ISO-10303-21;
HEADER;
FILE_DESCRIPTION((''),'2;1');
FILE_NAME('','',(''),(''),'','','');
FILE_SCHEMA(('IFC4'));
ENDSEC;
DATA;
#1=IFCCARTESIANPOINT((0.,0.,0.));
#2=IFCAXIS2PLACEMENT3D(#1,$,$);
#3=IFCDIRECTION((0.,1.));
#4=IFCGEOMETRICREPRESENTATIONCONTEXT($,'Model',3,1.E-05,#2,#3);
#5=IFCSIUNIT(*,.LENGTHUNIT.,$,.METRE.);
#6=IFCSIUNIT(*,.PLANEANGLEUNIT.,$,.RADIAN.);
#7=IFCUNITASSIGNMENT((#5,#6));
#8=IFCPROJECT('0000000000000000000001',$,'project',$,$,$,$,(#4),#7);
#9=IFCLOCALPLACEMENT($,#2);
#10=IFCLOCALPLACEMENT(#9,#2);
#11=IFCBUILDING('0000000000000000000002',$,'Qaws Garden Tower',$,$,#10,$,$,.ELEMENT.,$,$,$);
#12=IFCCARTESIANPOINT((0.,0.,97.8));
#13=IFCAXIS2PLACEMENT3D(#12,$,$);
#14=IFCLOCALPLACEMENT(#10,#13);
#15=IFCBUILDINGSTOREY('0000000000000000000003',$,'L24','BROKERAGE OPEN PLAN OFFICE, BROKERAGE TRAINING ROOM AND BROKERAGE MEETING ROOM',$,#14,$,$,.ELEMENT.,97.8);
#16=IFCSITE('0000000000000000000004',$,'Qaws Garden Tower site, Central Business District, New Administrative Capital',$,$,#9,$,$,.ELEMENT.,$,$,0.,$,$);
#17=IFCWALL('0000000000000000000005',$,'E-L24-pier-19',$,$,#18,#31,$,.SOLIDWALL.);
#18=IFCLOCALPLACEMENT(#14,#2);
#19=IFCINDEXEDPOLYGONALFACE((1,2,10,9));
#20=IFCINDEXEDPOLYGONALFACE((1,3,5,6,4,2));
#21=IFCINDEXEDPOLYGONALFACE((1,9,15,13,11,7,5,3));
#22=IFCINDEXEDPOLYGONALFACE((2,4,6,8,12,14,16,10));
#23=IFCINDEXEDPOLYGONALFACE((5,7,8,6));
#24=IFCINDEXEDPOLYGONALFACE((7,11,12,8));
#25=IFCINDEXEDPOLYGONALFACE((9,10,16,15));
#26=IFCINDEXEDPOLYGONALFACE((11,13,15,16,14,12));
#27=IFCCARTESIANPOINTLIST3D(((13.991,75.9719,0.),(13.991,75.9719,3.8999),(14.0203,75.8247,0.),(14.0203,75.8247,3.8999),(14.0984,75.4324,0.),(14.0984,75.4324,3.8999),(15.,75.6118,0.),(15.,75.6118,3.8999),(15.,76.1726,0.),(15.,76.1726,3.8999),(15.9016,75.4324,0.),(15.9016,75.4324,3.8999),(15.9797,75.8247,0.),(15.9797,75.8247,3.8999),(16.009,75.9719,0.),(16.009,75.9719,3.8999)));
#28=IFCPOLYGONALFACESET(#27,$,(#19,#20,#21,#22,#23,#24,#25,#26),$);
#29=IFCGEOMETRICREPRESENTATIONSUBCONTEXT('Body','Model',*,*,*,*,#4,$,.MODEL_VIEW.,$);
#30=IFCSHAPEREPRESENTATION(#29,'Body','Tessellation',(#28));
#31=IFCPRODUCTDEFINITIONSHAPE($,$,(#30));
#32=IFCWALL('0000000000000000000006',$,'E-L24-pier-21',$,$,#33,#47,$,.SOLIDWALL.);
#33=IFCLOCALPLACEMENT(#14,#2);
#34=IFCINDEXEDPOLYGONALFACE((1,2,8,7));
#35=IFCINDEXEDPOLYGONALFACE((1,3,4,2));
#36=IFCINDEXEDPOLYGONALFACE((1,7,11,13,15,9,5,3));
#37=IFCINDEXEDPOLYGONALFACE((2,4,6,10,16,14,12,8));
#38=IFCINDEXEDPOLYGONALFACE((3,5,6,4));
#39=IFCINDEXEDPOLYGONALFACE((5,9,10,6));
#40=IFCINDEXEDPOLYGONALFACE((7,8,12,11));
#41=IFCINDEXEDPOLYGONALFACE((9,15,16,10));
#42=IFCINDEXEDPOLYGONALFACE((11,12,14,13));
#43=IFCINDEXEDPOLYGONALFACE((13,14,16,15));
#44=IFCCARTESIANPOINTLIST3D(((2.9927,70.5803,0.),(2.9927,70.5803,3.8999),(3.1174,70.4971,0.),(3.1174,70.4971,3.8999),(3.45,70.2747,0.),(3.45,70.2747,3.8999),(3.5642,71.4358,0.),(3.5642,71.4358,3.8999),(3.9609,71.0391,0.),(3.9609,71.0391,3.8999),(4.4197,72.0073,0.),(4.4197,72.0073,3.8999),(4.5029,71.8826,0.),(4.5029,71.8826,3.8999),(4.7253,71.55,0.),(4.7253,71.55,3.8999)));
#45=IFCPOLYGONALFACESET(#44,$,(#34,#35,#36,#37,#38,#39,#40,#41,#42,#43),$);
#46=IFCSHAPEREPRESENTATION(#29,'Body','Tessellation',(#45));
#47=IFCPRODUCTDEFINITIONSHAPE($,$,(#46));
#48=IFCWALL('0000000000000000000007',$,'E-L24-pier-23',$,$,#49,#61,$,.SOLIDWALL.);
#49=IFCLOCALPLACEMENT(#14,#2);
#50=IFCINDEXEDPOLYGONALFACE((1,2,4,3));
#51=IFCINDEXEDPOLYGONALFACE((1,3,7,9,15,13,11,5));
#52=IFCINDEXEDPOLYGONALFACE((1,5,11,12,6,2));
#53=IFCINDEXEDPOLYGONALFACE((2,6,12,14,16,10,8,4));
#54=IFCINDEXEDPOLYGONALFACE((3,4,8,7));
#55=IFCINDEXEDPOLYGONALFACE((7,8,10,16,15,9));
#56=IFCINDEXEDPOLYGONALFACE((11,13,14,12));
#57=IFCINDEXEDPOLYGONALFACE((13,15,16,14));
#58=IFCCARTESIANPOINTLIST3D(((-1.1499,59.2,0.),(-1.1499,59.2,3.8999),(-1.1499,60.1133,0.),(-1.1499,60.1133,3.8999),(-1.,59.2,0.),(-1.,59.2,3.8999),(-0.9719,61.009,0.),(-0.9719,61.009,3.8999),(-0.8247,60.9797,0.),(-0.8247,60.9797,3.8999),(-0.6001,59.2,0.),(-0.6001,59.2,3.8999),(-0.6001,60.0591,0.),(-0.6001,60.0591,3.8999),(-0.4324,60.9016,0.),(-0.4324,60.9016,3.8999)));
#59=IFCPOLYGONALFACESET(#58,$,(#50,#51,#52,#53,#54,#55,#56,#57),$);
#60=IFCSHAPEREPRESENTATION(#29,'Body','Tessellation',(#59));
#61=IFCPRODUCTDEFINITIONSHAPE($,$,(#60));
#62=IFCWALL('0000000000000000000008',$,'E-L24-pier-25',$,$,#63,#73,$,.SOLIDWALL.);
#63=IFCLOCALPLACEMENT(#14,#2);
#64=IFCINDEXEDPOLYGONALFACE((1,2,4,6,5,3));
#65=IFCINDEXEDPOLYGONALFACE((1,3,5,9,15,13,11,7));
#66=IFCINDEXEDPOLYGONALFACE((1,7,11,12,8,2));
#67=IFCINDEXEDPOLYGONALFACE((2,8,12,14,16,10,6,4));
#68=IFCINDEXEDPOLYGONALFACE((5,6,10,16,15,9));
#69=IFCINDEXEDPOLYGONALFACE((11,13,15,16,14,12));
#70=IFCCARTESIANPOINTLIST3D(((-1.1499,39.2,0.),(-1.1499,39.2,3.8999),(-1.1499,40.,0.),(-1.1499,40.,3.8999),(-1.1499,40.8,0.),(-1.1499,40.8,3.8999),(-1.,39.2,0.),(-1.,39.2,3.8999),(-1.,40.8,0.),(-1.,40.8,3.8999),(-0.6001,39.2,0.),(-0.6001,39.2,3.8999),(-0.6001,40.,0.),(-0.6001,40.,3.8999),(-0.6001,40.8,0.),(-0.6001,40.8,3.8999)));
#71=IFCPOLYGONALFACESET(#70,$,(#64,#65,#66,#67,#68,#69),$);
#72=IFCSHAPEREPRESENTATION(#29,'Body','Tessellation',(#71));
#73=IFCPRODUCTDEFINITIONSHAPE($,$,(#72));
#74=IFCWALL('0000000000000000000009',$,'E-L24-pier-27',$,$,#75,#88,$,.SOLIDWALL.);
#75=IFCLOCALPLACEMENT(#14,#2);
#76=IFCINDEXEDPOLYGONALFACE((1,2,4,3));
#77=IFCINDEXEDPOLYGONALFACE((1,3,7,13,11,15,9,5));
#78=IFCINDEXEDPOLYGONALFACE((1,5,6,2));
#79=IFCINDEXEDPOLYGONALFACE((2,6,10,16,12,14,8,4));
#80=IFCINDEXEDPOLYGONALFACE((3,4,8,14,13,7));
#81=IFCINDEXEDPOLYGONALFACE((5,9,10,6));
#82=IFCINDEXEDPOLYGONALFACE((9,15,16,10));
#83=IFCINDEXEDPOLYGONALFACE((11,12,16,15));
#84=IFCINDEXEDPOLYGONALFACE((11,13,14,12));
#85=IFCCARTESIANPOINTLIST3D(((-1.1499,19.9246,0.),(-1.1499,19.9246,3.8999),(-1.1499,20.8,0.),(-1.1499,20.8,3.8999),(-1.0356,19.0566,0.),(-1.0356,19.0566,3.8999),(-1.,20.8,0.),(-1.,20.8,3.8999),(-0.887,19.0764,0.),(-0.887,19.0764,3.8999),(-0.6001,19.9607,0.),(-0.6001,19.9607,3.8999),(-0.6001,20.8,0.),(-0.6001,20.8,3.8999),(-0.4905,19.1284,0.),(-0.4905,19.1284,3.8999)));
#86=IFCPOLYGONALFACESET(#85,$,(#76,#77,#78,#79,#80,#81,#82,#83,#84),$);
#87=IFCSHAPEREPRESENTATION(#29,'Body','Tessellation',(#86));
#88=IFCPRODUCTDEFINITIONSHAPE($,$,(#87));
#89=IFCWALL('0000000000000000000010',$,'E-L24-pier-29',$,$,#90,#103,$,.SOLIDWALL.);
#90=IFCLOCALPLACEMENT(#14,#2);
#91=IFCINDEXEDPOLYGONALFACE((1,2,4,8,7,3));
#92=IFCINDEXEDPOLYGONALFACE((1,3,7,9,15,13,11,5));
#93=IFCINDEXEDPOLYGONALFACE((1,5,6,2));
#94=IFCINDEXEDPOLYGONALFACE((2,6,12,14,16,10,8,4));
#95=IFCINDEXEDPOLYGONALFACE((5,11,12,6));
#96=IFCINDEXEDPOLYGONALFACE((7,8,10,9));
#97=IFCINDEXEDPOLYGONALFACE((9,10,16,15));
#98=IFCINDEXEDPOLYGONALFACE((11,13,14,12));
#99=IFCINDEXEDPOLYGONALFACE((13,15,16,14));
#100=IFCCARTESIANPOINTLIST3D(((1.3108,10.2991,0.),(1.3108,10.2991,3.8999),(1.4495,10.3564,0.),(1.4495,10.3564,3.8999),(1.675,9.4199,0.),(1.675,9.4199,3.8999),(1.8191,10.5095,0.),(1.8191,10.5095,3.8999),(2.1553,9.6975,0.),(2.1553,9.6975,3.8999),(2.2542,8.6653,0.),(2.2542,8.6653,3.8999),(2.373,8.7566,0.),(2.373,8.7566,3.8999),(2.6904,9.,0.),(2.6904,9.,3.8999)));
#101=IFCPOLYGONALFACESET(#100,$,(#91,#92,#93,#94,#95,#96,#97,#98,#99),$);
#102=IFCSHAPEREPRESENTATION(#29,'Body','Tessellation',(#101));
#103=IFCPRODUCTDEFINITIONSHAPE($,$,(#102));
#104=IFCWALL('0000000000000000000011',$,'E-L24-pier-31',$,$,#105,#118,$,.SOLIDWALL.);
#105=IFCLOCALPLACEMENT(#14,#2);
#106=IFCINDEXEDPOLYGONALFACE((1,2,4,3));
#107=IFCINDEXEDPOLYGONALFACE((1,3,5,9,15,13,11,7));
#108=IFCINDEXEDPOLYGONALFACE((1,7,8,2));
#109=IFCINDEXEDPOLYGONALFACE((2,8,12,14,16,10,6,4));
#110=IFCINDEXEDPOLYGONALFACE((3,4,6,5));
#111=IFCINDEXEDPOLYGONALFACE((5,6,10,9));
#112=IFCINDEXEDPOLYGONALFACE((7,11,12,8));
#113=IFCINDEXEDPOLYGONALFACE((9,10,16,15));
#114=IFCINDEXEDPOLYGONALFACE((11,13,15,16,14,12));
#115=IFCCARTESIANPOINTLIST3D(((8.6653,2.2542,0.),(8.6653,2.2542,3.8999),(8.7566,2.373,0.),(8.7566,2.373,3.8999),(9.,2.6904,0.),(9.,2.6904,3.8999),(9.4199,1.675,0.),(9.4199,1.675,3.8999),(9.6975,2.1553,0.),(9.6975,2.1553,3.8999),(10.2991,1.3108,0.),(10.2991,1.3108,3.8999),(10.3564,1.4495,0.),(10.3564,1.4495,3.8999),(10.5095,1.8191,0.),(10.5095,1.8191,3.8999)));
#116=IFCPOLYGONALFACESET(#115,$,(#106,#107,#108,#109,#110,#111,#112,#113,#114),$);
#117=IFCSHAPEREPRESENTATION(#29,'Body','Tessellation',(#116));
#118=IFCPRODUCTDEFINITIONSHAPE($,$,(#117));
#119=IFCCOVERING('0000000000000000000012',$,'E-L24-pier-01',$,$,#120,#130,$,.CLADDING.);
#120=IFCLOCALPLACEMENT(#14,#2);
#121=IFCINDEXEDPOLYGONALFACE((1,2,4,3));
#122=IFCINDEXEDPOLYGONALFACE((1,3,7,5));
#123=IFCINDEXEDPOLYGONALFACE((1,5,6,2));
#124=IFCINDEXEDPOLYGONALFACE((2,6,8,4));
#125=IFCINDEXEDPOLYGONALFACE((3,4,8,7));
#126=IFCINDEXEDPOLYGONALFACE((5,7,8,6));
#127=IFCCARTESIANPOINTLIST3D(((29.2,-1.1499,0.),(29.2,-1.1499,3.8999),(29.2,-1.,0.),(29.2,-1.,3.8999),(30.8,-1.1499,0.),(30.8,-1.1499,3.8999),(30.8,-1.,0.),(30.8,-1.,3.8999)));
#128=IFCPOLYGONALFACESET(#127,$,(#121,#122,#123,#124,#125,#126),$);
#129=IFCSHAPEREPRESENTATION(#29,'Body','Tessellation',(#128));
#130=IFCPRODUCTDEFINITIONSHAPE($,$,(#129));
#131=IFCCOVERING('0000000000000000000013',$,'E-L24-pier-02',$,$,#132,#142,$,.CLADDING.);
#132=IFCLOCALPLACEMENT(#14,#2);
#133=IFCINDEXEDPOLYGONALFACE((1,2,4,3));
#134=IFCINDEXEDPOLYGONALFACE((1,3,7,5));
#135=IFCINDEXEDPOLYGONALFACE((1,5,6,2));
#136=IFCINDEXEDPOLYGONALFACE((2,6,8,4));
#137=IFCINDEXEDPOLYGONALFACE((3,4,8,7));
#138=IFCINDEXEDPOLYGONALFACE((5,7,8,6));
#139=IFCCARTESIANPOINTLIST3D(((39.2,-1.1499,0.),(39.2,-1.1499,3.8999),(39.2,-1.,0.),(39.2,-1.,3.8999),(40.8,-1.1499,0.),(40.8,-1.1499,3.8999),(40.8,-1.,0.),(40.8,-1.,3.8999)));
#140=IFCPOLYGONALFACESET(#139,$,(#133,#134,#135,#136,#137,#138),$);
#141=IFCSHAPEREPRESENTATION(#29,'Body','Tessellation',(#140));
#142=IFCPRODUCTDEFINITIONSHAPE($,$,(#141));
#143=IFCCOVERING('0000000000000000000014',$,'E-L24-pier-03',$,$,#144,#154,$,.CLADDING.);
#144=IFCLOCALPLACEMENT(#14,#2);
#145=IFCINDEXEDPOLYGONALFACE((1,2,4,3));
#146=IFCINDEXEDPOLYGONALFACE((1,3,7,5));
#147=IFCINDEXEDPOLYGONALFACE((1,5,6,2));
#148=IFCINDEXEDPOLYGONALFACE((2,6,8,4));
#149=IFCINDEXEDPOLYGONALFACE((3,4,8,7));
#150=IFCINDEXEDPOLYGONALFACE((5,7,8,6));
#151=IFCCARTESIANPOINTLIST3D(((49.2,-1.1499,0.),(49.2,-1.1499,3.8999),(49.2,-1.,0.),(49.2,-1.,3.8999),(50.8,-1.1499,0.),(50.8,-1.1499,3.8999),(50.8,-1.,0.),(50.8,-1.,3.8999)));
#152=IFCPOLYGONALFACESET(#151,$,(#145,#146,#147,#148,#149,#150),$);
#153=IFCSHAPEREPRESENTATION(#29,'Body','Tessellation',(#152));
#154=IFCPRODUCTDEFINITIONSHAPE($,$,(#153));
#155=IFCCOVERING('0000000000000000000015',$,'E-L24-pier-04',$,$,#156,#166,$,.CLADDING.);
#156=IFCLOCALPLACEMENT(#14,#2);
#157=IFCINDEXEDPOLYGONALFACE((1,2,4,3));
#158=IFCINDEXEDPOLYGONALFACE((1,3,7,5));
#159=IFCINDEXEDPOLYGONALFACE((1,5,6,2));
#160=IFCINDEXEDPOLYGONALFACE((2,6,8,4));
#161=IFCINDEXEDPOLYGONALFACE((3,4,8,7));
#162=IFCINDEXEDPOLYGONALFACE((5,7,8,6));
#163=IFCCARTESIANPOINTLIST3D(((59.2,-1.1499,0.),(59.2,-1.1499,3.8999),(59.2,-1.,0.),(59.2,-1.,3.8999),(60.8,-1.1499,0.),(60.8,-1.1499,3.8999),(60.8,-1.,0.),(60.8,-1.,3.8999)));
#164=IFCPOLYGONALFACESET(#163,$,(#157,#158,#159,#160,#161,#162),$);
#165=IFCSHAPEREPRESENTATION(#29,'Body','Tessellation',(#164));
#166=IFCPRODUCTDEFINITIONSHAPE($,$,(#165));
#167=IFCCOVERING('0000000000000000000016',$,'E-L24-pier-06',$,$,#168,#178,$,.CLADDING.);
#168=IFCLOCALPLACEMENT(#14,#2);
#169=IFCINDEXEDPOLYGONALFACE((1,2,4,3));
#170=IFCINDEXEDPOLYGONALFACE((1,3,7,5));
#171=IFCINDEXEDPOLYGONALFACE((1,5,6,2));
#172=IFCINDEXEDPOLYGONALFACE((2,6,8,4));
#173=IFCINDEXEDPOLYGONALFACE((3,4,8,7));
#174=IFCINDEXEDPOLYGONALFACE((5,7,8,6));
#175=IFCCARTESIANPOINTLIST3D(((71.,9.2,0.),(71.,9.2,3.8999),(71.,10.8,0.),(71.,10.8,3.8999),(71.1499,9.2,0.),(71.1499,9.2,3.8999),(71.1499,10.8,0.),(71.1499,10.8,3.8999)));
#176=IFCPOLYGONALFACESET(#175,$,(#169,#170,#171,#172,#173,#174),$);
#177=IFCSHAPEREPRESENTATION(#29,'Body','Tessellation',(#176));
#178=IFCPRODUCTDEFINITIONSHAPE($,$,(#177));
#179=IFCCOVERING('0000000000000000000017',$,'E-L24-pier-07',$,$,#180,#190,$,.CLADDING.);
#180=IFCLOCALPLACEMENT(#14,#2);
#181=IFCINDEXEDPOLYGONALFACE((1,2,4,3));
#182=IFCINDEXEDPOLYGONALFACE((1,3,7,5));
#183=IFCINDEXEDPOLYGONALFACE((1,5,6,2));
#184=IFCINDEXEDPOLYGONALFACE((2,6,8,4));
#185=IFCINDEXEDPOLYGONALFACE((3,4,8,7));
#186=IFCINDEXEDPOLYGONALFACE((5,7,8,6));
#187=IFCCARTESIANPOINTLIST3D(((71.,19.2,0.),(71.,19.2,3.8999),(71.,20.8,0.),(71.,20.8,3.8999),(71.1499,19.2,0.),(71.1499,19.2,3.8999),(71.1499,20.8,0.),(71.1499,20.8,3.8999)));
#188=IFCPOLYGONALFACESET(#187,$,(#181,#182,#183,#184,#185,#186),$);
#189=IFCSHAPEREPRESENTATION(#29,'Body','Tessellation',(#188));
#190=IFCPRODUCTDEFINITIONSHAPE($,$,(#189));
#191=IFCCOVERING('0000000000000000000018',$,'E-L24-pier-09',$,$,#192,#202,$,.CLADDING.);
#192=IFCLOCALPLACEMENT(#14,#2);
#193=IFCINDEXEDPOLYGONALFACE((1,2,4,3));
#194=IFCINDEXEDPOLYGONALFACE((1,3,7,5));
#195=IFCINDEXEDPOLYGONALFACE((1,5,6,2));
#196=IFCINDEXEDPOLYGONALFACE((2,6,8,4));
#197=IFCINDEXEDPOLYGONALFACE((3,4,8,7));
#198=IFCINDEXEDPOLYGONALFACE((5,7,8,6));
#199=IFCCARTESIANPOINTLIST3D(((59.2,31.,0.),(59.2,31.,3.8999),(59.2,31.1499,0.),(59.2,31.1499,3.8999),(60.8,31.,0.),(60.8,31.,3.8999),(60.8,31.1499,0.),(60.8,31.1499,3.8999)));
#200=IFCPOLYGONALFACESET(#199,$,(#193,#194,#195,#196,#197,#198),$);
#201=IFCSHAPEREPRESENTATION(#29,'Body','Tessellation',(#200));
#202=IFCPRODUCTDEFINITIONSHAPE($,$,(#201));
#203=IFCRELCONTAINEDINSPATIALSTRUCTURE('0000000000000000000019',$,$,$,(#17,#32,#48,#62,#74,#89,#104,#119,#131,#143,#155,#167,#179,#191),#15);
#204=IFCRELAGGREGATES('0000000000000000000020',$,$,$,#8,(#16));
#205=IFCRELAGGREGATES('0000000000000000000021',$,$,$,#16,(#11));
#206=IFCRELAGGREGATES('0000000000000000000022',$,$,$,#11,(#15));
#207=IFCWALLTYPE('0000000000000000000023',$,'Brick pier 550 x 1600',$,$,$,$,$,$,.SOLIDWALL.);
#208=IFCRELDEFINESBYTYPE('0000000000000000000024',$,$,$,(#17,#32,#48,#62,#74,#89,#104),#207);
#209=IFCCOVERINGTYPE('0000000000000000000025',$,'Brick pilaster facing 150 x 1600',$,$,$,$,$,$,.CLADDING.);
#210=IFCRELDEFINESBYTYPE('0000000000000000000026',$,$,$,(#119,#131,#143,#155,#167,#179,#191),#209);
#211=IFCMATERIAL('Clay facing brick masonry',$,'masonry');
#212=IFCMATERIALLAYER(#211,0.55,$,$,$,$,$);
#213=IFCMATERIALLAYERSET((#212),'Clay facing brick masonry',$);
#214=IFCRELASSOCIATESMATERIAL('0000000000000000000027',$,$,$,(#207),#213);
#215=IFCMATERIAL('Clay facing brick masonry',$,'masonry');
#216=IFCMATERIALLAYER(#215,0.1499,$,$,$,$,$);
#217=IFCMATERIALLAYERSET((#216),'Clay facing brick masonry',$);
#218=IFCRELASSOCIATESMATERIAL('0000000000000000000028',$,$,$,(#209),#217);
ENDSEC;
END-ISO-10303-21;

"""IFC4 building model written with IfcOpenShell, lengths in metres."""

from ifc_helpers import new_model, si_unit, direction, frame, origin, place, context, subcontext, project, spatial, polyline, outline, extrude, material, layer, layer_set, type_object, element, save


model = new_model("IFC4")

# Units and contexts
model_context = context("Model", 3, precision=1e-05, world=origin(), true_north=direction((0.0, 1.0)))
body_context = subcontext(model_context, "Body", "Model", "MODEL_VIEW")
ifc_project = project(units=[si_unit("LENGTHUNIT", "METRE"), si_unit("PLANEANGLEUNIT", "RADIAN")], contexts=[model_context])

# Site, building, storey
site_placement = place(None, origin())
site = spatial("IfcSite", under=ifc_project, at=site_placement, Name="Qaws Garden Tower site, Central Business District, New Administrative Capital", CompositionType="ELEMENT", RefElevation=0.0)
building_placement = place(site_placement, origin())
building = spatial("IfcBuilding", under=site, at=building_placement, Name="Qaws Garden Tower", CompositionType="ELEMENT")
storey_placement = place(building_placement, frame((0.0, 0.0, 97.8)))
storey = spatial("IfcBuildingStorey", under=building, at=storey_placement, Name="L24", Description="BROKERAGE OPEN PLAN OFFICE, BROKERAGE TRAINING ROOM AND BROKERAGE MEETING ROOM", CompositionType="ELEMENT", Elevation=97.8)

# Walls
placement = place(storey_placement, origin())
ifc_material_1 = material(Name="Clay facing brick masonry", Category="masonry")
ifc_layer_1 = layer(ifc_material_1, 0.55)
ifc_layer_set_1 = layer_set([ifc_layer_1], Name="Clay facing brick masonry")
wall_type_1 = type_object("IfcWallType", Name="Brick pier 550 x 1600", PredefinedType="SOLIDWALL", material=ifc_layer_set_1)
element("IfcWall", 1, at=placement, inside=storey, type_object=wall_type_1, Name="E-L24-pier-19", PredefinedType="SOLIDWALL", context=body_context, shape_type="SweptSolid", body=[
    extrude(outline(polyline([(15.9797, 75.8247), (16.009, 75.9719), (15.0, 76.1726), (13.991, 75.9719), (14.0203, 75.8247), (14.0984, 75.4324), (15.0, 75.6118), (15.9016, 75.4324), (15.9797, 75.8247)])), origin(), (0.0, 0.0, 1.0), 3.8999),
])
element("IfcWall", 2, at=placement, inside=storey, type_object=wall_type_1, Name="E-L24-pier-21", PredefinedType="SOLIDWALL", context=body_context, shape_type="SweptSolid", body=[
    extrude(outline(polyline([(4.5029, 71.8826), (4.4197, 72.0073), (3.5642, 71.4358), (2.9927, 70.5803), (3.1174, 70.4971), (3.45, 70.2747), (3.9609, 71.0391), (4.7253, 71.55), (4.5029, 71.8826)])), origin(), (0.0, 0.0, 1.0), 3.8999),
])
element("IfcWall", 3, at=placement, inside=storey, type_object=wall_type_1, Name="E-L24-pier-23", PredefinedType="SOLIDWALL", context=body_context, shape_type="SweptSolid", body=[
    extrude(outline(polyline([(-0.8247, 60.9797), (-0.9719, 61.009), (-1.1499, 60.1133), (-1.1499, 59.2), (-1.0, 59.2), (-0.6001, 59.2), (-0.6001, 60.0591), (-0.4324, 60.9016), (-0.8247, 60.9797)])), origin(), (0.0, 0.0, 1.0), 3.8999),
])
element("IfcWall", 4, at=placement, inside=storey, type_object=wall_type_1, Name="E-L24-pier-25", PredefinedType="SOLIDWALL", context=body_context, shape_type="SweptSolid", body=[
    extrude(outline(polyline([(-1.0, 40.8), (-1.1499, 40.8), (-1.1499, 40.0), (-1.1499, 39.2), (-1.0, 39.2), (-0.6001, 39.2), (-0.6001, 40.0), (-0.6001, 40.8), (-1.0, 40.8)])), origin(), (0.0, 0.0, 1.0), 3.8999),
])
element("IfcWall", 5, at=placement, inside=storey, type_object=wall_type_1, Name="E-L24-pier-27", PredefinedType="SOLIDWALL", context=body_context, shape_type="SweptSolid", body=[
    extrude(outline(polyline([(-1.0, 20.8), (-1.1499, 20.8), (-1.1499, 19.9246), (-1.0356, 19.0566), (-0.887, 19.0764), (-0.4905, 19.1284), (-0.6001, 19.9607), (-0.6001, 20.8), (-1.0, 20.8)])), origin(), (0.0, 0.0, 1.0), 3.8999),
])
element("IfcWall", 6, at=placement, inside=storey, type_object=wall_type_1, Name="E-L24-pier-29", PredefinedType="SOLIDWALL", context=body_context, shape_type="SweptSolid", body=[
    extrude(outline(polyline([(1.4495, 10.3564), (1.3108, 10.2991), (1.675, 9.4199), (2.2542, 8.6653), (2.373, 8.7566), (2.6904, 9.0), (2.1553, 9.6975), (1.8191, 10.5095), (1.4495, 10.3564)])), origin(), (0.0, 0.0, 1.0), 3.8999),
])
element("IfcWall", 7, at=placement, inside=storey, type_object=wall_type_1, Name="E-L24-pier-31", PredefinedType="SOLIDWALL", context=body_context, shape_type="SweptSolid", body=[
    extrude(outline(polyline([(8.7566, 2.373), (8.6653, 2.2542), (9.4199, 1.675), (10.2991, 1.3108), (10.3564, 1.4495), (10.5095, 1.8191), (9.6975, 2.1553), (9.0, 2.6904), (8.7566, 2.373)])), origin(), (0.0, 0.0, 1.0), 3.8999),
])

# Coverings
ifc_material_2 = material(Name="Clay facing brick masonry", Category="masonry")
ifc_layer_2 = layer(ifc_material_2, 0.1499)
ifc_layer_set_2 = layer_set([ifc_layer_2], Name="Clay facing brick masonry")
covering_type = type_object("IfcCoveringType", Name="Brick pilaster facing 150 x 1600", PredefinedType="CLADDING", material=ifc_layer_set_2)
element("IfcCovering", 8, at=placement, inside=storey, type_object=covering_type, Name="E-L24-pier-01", PredefinedType="CLADDING", context=body_context, shape_type="SweptSolid", body=[
    extrude(outline(polyline([(29.2, -1.0), (30.8, -1.0), (30.8, -1.1499), (29.2, -1.1499), (29.2, -1.0)])), origin(), (0.0, 0.0, 1.0), 3.8999),
])
element("IfcCovering", 9, at=placement, inside=storey, type_object=covering_type, Name="E-L24-pier-02", PredefinedType="CLADDING", context=body_context, shape_type="SweptSolid", body=[
    extrude(outline(polyline([(39.2, -1.0), (40.8, -1.0), (40.8, -1.1499), (39.2, -1.1499), (39.2, -1.0)])), origin(), (0.0, 0.0, 1.0), 3.8999),
])
element("IfcCovering", 10, at=placement, inside=storey, type_object=covering_type, Name="E-L24-pier-03", PredefinedType="CLADDING", context=body_context, shape_type="SweptSolid", body=[
    extrude(outline(polyline([(49.2, -1.0), (50.8, -1.0), (50.8, -1.1499), (49.2, -1.1499), (49.2, -1.0)])), origin(), (0.0, 0.0, 1.0), 3.8999),
])
element("IfcCovering", 11, at=placement, inside=storey, type_object=covering_type, Name="E-L24-pier-04", PredefinedType="CLADDING", context=body_context, shape_type="SweptSolid", body=[
    extrude(outline(polyline([(59.2, -1.0), (60.8, -1.0), (60.8, -1.1499), (59.2, -1.1499), (59.2, -1.0)])), origin(), (0.0, 0.0, 1.0), 3.8999),
])
element("IfcCovering", 12, at=placement, inside=storey, type_object=covering_type, Name="E-L24-pier-06", PredefinedType="CLADDING", context=body_context, shape_type="SweptSolid", body=[
    extrude(outline(polyline([(71.0, 9.2), (71.0, 10.8), (71.1499, 10.8), (71.1499, 9.2), (71.0, 9.2)])), origin(), (0.0, 0.0, 1.0), 3.8999),
])
element("IfcCovering", 13, at=placement, inside=storey, type_object=covering_type, Name="E-L24-pier-07", PredefinedType="CLADDING", context=body_context, shape_type="SweptSolid", body=[
    extrude(outline(polyline([(71.0, 19.2), (71.0, 20.8), (71.1499, 20.8), (71.1499, 19.2), (71.0, 19.2)])), origin(), (0.0, 0.0, 1.0), 3.8999),
])
element("IfcCovering", 14, at=placement, inside=storey, type_object=covering_type, Name="E-L24-pier-09", PredefinedType="CLADDING", context=body_context, shape_type="SweptSolid", body=[
    extrude(outline(polyline([(60.8, 31.0), (59.2, 31.0), (59.2, 31.1499), (60.8, 31.1499), (60.8, 31.0)])), origin(), (0.0, 0.0, 1.0), 3.8999),
])

save(model, "model.ifc")
